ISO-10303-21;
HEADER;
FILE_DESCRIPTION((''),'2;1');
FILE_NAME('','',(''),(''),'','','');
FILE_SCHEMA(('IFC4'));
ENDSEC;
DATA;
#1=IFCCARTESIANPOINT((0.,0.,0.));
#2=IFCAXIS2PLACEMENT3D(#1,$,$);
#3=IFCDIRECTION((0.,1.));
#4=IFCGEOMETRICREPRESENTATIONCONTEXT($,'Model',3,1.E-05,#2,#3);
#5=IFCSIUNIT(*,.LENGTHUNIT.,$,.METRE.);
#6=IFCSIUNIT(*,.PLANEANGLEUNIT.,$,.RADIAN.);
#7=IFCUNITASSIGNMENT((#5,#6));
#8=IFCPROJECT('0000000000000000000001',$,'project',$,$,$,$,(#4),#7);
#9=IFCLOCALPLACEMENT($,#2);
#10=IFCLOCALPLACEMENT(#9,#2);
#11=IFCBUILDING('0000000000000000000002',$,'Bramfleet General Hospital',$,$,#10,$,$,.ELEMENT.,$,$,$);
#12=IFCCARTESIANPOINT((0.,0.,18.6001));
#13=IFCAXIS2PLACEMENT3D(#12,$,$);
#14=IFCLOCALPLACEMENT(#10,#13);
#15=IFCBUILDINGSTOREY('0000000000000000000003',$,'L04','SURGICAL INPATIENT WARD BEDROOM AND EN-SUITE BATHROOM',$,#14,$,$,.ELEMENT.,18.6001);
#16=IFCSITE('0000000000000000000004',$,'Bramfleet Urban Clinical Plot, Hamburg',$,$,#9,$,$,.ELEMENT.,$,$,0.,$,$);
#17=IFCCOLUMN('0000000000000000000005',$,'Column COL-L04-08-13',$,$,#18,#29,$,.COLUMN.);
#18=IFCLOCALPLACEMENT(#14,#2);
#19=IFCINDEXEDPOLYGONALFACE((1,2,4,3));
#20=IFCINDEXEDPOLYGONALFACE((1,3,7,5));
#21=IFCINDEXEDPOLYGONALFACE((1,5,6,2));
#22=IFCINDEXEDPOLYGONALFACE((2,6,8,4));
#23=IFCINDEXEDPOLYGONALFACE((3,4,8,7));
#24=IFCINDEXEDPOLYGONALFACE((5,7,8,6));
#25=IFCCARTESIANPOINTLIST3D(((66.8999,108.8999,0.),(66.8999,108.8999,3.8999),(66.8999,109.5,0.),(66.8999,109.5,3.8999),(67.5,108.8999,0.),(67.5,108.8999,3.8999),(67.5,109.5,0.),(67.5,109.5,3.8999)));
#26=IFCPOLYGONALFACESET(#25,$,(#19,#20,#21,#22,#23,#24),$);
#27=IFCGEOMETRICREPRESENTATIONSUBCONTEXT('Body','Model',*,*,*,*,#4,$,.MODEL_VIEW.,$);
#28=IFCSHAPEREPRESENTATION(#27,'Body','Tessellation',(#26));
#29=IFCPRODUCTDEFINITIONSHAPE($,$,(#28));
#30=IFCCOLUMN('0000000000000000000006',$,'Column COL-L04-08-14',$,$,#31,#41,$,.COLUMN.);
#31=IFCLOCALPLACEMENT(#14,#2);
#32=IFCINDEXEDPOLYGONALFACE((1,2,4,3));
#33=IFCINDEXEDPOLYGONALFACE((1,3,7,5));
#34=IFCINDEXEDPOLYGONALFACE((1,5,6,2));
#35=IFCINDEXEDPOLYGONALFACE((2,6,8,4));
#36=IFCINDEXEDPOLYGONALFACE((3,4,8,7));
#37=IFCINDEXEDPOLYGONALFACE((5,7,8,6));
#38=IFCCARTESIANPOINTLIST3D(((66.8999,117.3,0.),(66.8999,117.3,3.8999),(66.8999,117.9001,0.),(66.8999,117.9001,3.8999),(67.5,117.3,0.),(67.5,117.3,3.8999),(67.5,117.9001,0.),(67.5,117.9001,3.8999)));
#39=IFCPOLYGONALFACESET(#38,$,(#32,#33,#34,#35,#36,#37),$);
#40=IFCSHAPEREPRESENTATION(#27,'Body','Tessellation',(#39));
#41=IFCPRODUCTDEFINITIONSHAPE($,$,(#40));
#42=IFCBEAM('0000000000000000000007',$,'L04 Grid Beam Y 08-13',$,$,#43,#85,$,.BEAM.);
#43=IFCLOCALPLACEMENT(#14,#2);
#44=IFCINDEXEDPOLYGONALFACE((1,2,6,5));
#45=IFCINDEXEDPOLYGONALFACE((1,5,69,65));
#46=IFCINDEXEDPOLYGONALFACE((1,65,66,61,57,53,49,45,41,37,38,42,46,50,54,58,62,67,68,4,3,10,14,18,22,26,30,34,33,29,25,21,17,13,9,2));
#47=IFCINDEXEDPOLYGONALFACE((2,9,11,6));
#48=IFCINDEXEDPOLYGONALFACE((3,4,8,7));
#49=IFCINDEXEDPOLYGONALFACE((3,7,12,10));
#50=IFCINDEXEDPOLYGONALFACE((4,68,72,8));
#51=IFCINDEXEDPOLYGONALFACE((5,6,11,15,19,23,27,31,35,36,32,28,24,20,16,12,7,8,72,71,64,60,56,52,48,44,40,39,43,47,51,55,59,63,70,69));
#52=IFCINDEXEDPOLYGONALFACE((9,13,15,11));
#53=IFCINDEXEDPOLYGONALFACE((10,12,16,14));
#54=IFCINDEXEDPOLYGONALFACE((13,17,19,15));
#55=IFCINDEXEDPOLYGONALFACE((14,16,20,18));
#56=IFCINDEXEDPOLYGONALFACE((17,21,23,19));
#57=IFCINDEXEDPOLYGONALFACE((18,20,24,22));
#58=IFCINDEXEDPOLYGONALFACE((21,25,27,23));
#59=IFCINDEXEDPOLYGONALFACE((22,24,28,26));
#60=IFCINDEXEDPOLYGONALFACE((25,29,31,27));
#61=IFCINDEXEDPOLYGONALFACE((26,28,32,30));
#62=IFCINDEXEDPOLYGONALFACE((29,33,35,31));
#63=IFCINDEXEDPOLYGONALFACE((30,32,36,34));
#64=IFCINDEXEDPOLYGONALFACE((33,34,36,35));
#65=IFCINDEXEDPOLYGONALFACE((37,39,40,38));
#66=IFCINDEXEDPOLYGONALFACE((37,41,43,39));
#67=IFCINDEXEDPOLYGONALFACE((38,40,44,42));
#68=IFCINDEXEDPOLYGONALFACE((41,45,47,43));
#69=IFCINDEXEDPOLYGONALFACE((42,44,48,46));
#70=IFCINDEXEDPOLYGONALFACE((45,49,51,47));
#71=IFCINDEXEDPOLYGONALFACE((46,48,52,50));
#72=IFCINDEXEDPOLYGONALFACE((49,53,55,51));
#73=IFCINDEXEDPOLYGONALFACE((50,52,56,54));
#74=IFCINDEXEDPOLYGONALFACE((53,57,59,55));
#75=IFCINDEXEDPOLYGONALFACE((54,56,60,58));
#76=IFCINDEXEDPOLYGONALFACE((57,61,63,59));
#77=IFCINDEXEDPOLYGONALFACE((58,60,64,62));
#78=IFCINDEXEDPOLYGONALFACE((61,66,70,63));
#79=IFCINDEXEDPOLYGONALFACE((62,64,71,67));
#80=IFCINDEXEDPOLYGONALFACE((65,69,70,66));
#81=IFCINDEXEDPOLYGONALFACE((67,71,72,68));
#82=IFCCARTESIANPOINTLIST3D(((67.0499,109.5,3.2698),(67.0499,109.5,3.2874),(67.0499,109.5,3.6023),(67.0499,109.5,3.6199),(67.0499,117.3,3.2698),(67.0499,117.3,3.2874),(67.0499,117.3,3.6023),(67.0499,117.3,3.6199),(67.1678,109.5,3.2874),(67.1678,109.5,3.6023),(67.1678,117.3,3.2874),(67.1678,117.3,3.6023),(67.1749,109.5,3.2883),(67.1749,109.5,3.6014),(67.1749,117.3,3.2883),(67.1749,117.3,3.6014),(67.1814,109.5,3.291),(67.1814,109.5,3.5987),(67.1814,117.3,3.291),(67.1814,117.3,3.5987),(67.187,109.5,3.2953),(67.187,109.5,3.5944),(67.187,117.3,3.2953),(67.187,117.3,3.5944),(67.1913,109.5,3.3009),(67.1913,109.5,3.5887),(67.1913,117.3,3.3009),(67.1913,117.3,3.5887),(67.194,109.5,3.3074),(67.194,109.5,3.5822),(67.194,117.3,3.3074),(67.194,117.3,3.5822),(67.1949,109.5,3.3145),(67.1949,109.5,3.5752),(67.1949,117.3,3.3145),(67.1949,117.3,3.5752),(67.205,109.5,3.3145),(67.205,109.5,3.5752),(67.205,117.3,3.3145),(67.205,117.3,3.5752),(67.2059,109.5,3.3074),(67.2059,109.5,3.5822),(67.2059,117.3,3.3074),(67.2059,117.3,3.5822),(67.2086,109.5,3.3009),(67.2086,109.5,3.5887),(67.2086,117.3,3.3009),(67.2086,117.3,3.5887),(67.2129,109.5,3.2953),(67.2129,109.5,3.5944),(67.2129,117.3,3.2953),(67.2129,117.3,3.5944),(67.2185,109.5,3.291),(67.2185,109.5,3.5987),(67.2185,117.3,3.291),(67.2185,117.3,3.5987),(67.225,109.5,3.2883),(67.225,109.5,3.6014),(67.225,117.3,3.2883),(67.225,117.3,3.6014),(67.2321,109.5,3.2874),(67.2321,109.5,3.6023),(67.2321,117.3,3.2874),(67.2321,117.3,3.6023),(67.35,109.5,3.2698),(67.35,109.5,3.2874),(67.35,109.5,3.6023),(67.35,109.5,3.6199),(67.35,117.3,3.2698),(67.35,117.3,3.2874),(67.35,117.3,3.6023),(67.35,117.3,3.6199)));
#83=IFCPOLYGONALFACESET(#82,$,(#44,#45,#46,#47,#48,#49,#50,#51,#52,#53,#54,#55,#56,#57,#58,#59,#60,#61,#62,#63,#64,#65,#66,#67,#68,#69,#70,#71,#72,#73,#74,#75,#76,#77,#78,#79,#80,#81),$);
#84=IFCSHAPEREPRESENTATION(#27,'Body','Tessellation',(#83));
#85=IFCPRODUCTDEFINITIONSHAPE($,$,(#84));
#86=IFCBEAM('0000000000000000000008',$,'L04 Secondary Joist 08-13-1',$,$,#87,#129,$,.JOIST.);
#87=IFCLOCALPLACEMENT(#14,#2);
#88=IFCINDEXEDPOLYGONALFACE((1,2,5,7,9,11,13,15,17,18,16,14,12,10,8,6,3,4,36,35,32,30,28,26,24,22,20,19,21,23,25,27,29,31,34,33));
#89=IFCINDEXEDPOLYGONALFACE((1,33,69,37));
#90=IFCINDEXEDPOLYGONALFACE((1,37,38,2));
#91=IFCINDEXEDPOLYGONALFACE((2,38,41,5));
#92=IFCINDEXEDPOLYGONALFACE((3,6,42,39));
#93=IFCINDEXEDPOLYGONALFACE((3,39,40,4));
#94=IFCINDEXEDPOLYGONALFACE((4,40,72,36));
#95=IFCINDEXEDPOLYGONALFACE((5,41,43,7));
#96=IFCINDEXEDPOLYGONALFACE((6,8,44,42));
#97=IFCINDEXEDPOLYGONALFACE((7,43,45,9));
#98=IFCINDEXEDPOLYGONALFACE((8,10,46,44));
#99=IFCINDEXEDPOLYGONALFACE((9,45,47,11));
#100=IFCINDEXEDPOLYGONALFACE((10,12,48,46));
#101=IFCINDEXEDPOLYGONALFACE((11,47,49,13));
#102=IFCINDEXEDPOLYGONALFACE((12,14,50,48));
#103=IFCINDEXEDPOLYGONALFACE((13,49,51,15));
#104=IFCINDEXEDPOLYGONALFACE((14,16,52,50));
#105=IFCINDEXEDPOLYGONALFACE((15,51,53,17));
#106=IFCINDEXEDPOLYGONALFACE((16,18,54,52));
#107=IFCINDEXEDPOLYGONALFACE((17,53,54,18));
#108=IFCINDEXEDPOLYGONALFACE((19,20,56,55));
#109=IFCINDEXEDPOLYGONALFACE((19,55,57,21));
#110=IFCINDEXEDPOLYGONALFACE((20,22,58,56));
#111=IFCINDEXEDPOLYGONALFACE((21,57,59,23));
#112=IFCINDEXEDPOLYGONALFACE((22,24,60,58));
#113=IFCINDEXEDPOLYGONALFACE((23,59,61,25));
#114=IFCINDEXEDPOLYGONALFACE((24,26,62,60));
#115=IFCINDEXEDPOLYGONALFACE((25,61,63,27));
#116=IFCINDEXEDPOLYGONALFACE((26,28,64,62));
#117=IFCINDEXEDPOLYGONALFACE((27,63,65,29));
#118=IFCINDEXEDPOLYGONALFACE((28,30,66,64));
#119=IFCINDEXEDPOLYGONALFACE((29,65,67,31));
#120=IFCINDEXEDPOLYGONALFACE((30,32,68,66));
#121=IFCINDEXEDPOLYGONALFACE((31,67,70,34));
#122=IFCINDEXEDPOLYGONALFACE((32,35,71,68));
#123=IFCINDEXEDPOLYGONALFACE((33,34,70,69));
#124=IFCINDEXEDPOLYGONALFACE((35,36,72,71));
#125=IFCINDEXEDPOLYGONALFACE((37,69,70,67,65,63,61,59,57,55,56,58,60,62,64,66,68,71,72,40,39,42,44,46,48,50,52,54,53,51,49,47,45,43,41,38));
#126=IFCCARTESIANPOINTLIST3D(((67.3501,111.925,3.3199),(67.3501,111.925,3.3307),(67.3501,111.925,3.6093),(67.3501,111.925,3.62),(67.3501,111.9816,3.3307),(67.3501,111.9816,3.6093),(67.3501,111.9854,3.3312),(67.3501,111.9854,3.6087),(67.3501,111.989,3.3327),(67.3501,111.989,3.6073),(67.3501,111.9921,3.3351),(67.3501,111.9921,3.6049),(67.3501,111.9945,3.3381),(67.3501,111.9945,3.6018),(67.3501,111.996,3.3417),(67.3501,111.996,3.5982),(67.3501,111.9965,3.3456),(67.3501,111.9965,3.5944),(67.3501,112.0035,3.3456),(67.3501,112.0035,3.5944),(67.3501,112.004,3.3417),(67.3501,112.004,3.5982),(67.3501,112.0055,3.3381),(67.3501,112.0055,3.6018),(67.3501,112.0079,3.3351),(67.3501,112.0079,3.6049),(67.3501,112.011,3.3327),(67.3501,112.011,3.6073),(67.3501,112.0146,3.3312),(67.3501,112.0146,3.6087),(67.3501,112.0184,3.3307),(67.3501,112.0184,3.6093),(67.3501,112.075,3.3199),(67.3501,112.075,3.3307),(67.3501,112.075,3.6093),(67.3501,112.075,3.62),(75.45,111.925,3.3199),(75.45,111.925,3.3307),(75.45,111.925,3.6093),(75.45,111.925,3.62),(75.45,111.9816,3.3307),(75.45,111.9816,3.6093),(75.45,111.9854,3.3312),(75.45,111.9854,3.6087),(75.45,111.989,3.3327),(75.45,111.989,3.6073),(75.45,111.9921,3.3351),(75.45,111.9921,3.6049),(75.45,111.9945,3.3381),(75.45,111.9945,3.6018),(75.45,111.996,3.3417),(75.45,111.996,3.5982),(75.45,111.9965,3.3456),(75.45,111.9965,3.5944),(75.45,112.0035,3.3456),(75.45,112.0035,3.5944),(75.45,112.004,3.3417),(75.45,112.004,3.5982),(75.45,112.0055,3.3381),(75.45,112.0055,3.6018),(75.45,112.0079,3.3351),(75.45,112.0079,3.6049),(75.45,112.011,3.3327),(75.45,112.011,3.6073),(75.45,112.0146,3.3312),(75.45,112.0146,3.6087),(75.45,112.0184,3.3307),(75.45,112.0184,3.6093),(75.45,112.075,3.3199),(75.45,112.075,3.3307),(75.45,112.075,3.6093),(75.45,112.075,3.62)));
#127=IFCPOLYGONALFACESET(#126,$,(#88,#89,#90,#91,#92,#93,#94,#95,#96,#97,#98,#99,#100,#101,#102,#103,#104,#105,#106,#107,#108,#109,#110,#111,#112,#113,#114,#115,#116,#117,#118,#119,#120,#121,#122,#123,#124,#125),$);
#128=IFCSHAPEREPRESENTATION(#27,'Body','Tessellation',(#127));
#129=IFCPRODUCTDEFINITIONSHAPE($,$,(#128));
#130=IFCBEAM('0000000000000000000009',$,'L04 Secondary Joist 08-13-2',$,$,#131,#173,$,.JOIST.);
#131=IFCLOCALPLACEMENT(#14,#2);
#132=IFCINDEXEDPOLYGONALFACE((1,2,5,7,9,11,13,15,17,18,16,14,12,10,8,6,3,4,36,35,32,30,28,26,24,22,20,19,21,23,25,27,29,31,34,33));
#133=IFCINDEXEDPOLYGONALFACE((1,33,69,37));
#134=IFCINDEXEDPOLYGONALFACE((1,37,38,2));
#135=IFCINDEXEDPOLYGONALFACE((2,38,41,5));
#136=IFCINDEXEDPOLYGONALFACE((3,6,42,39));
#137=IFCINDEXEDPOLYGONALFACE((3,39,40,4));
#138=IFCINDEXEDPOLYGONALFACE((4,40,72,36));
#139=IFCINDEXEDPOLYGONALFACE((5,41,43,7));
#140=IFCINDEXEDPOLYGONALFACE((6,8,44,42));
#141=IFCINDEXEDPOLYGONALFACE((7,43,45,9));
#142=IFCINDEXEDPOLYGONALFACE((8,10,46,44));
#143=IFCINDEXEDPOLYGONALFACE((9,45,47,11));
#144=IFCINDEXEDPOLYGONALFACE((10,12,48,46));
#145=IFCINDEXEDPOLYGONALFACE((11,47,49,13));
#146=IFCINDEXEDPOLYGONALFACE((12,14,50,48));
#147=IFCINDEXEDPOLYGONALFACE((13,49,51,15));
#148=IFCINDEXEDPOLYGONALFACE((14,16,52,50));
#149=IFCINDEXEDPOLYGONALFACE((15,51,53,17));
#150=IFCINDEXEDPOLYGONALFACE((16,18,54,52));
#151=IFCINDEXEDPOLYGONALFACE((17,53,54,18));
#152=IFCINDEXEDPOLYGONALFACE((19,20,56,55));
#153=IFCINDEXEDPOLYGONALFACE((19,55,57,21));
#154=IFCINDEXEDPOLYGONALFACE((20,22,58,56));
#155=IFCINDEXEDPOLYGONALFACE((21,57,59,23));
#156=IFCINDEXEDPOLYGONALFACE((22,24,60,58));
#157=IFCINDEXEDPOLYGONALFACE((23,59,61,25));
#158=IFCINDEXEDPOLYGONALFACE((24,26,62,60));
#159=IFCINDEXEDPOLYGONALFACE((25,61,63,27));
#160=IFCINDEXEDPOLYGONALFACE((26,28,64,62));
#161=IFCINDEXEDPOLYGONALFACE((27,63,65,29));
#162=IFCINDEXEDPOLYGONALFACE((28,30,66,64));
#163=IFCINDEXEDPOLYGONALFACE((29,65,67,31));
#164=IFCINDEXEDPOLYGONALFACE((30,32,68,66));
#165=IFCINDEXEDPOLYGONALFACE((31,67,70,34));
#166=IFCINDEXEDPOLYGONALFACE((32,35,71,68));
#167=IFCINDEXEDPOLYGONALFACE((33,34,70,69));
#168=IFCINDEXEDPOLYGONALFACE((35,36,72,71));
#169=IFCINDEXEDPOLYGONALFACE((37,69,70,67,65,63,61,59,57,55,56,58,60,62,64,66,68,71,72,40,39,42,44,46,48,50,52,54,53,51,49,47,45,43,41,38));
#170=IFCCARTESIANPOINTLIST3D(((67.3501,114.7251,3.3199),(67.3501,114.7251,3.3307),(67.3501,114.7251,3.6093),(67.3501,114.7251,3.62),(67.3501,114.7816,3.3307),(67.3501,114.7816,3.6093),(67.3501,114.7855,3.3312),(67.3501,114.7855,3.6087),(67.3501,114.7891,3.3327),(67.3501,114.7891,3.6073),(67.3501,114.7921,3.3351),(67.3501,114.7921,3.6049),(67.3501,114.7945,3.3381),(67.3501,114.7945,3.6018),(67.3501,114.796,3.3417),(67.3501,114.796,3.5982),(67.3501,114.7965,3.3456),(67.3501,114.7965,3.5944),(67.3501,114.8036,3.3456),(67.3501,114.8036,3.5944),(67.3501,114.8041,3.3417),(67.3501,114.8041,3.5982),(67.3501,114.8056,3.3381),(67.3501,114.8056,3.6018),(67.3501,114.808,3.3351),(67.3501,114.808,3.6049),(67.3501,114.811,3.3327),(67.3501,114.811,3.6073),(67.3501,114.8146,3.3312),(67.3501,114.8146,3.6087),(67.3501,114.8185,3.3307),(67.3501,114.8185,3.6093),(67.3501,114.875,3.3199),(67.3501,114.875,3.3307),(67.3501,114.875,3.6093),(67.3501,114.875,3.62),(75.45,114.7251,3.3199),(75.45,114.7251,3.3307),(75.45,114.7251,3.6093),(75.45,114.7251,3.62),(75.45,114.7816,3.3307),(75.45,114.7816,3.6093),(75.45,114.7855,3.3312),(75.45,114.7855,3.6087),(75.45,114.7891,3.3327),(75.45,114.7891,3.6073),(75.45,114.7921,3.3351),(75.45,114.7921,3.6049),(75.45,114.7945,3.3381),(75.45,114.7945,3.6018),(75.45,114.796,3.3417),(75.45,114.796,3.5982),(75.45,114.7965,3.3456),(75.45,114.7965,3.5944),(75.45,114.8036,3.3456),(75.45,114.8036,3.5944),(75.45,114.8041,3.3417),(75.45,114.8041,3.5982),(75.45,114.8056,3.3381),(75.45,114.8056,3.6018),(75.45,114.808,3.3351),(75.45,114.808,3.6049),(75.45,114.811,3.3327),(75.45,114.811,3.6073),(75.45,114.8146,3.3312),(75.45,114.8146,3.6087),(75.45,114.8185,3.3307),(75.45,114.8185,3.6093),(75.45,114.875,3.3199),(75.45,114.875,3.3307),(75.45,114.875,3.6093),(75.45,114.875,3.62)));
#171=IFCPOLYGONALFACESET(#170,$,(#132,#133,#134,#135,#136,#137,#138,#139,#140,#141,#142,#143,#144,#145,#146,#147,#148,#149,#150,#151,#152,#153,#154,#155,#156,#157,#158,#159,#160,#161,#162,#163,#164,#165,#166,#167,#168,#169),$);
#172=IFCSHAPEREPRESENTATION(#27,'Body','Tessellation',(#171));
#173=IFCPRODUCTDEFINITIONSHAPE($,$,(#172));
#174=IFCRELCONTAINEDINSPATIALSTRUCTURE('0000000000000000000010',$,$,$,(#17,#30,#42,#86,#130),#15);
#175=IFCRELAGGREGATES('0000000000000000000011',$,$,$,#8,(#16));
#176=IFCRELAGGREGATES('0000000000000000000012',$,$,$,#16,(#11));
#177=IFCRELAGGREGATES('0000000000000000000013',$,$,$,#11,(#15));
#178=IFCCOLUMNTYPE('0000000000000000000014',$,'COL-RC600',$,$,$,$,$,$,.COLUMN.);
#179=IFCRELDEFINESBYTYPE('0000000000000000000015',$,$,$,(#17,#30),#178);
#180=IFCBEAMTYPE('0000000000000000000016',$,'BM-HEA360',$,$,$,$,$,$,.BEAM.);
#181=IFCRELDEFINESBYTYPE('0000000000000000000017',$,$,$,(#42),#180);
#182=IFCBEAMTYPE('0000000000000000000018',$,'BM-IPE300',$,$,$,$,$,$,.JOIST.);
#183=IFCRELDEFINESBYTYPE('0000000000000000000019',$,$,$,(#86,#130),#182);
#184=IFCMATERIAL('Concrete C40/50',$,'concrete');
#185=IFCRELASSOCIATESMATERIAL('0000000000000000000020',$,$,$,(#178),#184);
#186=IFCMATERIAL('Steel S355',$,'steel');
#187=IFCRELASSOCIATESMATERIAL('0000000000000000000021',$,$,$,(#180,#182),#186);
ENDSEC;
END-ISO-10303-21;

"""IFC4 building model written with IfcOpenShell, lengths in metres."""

from ifc_helpers import new_model, si_unit, direction, frame, origin, origin_2d, place, context, subcontext, project, spatial, rectangle, i_section, extrude, material, material_profile, profile_set, type_object, element, save


model = new_model("IFC4")

# Units and contexts
model_context = context("Model", 3, precision=1e-05, world=origin(), true_north=direction((0.0, 1.0)))
body_context = subcontext(model_context, "Body", "Model", "MODEL_VIEW")
ifc_project = project(units=[si_unit("LENGTHUNIT", "METRE"), si_unit("PLANEANGLEUNIT", "RADIAN")], contexts=[model_context])

# Site, building, storey
site_placement = place(None, origin())
site = spatial("IfcSite", under=ifc_project, at=site_placement, Name="Bramfleet Urban Clinical Plot, Hamburg", CompositionType="ELEMENT", RefElevation=0.0)
building_placement = place(site_placement, origin())
building = spatial("IfcBuilding", under=site, at=building_placement, Name="Bramfleet General Hospital", CompositionType="ELEMENT")
storey_placement = place(building_placement, frame((0.0, 0.0, 18.6001)))
storey = spatial("IfcBuildingStorey", under=building, at=storey_placement, Name="L04", Description="SURGICAL INPATIENT WARD BEDROOM AND EN-SUITE BATHROOM", CompositionType="ELEMENT", Elevation=18.6001)

# Columns
ifc_material_1 = material(Name="Concrete C40/50", Category="concrete")
ifc_material_profile_1 = material_profile(ifc_material_1, rectangle(XDim=0.6001, YDim=0.6001, at=origin_2d()), Name="RC COL 600x600")
ifc_profile_set_1 = profile_set([ifc_material_profile_1], Name="Concrete C40/50")
column_type = type_object("IfcColumnType", Name="COL-RC600", PredefinedType="COLUMN", material=ifc_profile_set_1)
for number, where, z_axis, x_axis, name in (
    (1, (67.2, 109.2, 0.0), (0.0, 0.0, 1.0), (1.0, 0.0, 0.0), "Column COL-L04-08-13"),
    (2, (67.2, 117.6001, 0.0), (0.0, 0.0, 1.0), (1.0, 0.0, 0.0), "Column COL-L04-08-14"),
):
    element("IfcColumn", number, at=place(storey_placement, frame(where, z_axis=z_axis, x_axis=x_axis)), inside=storey, type_object=column_type, Name=name, PredefinedType="COLUMN", context=body_context, shape_type="SweptSolid", body=[
        extrude(rectangle(XDim=0.6001, YDim=0.6001, at=origin_2d()), origin(), (0.0, 0.0, 1.0), 3.8999),
    ])

# Beams
ifc_material_2 = material(Name="Steel S355", Category="steel")
ifc_material_profile_2 = material_profile(ifc_material_2, i_section(OverallWidth=0.3, OverallDepth=0.3501, WebThickness=0.01, FlangeThickness=0.0176, FilletRadius=0.0271, at=origin_2d()), Name="HEA 360")
ifc_profile_set_2 = profile_set([ifc_material_profile_2], Name="Steel S355")
beam_type_1 = type_object("IfcBeamType", Name="BM-HEA360", PredefinedType="BEAM", material=ifc_profile_set_2)
beam_1_placement = place(storey_placement, frame((67.2, 109.5, 3.4448), z_axis=(0.0, 1.0, 0.0), x_axis=(-1.0, 0.0, 0.0)))
element("IfcBeam", 3, at=beam_1_placement, inside=storey, type_object=beam_type_1, Name="L04 Grid Beam Y 08-13", PredefinedType="BEAM", context=body_context, shape_type="SweptSolid", body=[
    extrude(i_section(OverallWidth=0.3, OverallDepth=0.3501, WebThickness=0.01, FlangeThickness=0.0176, FilletRadius=0.0271, at=origin_2d()), origin(), (0.0, 0.0, 1.0), 7.8),
])
ifc_material_profile_3 = material_profile(ifc_material_2, i_section(OverallWidth=0.1499, OverallDepth=0.3, WebThickness=0.0071, FlangeThickness=0.0107, FilletRadius=0.0149, at=origin_2d()), Name="IPE 300")
ifc_profile_set_3 = profile_set([ifc_material_profile_3], Name="Steel S355")
beam_type_2 = type_object("IfcBeamType", Name="BM-IPE300", PredefinedType="JOIST", material=ifc_profile_set_3)
for number, where, z_axis, x_axis, name in (
    (4, (67.3501, 112.0, 3.47), (1.0, 0.0, 0.0), (0.0, 1.0, 0.0), "L04 Secondary Joist 08-13-1"),
    (5, (67.3501, 114.8, 3.47), (1.0, 0.0, 0.0), (0.0, 1.0, 0.0), "L04 Secondary Joist 08-13-2"),
):
    element("IfcBeam", number, at=place(storey_placement, frame(where, z_axis=z_axis, x_axis=x_axis)), inside=storey, type_object=beam_type_2, Name=name, PredefinedType="JOIST", context=body_context, shape_type="SweptSolid", body=[
        extrude(i_section(OverallWidth=0.1499, OverallDepth=0.3, WebThickness=0.0071, FlangeThickness=0.0107, FilletRadius=0.0149, at=origin_2d()), origin(), (0.0, 0.0, 1.0), 8.0999),
    ])

save(model, "model.ifc")
